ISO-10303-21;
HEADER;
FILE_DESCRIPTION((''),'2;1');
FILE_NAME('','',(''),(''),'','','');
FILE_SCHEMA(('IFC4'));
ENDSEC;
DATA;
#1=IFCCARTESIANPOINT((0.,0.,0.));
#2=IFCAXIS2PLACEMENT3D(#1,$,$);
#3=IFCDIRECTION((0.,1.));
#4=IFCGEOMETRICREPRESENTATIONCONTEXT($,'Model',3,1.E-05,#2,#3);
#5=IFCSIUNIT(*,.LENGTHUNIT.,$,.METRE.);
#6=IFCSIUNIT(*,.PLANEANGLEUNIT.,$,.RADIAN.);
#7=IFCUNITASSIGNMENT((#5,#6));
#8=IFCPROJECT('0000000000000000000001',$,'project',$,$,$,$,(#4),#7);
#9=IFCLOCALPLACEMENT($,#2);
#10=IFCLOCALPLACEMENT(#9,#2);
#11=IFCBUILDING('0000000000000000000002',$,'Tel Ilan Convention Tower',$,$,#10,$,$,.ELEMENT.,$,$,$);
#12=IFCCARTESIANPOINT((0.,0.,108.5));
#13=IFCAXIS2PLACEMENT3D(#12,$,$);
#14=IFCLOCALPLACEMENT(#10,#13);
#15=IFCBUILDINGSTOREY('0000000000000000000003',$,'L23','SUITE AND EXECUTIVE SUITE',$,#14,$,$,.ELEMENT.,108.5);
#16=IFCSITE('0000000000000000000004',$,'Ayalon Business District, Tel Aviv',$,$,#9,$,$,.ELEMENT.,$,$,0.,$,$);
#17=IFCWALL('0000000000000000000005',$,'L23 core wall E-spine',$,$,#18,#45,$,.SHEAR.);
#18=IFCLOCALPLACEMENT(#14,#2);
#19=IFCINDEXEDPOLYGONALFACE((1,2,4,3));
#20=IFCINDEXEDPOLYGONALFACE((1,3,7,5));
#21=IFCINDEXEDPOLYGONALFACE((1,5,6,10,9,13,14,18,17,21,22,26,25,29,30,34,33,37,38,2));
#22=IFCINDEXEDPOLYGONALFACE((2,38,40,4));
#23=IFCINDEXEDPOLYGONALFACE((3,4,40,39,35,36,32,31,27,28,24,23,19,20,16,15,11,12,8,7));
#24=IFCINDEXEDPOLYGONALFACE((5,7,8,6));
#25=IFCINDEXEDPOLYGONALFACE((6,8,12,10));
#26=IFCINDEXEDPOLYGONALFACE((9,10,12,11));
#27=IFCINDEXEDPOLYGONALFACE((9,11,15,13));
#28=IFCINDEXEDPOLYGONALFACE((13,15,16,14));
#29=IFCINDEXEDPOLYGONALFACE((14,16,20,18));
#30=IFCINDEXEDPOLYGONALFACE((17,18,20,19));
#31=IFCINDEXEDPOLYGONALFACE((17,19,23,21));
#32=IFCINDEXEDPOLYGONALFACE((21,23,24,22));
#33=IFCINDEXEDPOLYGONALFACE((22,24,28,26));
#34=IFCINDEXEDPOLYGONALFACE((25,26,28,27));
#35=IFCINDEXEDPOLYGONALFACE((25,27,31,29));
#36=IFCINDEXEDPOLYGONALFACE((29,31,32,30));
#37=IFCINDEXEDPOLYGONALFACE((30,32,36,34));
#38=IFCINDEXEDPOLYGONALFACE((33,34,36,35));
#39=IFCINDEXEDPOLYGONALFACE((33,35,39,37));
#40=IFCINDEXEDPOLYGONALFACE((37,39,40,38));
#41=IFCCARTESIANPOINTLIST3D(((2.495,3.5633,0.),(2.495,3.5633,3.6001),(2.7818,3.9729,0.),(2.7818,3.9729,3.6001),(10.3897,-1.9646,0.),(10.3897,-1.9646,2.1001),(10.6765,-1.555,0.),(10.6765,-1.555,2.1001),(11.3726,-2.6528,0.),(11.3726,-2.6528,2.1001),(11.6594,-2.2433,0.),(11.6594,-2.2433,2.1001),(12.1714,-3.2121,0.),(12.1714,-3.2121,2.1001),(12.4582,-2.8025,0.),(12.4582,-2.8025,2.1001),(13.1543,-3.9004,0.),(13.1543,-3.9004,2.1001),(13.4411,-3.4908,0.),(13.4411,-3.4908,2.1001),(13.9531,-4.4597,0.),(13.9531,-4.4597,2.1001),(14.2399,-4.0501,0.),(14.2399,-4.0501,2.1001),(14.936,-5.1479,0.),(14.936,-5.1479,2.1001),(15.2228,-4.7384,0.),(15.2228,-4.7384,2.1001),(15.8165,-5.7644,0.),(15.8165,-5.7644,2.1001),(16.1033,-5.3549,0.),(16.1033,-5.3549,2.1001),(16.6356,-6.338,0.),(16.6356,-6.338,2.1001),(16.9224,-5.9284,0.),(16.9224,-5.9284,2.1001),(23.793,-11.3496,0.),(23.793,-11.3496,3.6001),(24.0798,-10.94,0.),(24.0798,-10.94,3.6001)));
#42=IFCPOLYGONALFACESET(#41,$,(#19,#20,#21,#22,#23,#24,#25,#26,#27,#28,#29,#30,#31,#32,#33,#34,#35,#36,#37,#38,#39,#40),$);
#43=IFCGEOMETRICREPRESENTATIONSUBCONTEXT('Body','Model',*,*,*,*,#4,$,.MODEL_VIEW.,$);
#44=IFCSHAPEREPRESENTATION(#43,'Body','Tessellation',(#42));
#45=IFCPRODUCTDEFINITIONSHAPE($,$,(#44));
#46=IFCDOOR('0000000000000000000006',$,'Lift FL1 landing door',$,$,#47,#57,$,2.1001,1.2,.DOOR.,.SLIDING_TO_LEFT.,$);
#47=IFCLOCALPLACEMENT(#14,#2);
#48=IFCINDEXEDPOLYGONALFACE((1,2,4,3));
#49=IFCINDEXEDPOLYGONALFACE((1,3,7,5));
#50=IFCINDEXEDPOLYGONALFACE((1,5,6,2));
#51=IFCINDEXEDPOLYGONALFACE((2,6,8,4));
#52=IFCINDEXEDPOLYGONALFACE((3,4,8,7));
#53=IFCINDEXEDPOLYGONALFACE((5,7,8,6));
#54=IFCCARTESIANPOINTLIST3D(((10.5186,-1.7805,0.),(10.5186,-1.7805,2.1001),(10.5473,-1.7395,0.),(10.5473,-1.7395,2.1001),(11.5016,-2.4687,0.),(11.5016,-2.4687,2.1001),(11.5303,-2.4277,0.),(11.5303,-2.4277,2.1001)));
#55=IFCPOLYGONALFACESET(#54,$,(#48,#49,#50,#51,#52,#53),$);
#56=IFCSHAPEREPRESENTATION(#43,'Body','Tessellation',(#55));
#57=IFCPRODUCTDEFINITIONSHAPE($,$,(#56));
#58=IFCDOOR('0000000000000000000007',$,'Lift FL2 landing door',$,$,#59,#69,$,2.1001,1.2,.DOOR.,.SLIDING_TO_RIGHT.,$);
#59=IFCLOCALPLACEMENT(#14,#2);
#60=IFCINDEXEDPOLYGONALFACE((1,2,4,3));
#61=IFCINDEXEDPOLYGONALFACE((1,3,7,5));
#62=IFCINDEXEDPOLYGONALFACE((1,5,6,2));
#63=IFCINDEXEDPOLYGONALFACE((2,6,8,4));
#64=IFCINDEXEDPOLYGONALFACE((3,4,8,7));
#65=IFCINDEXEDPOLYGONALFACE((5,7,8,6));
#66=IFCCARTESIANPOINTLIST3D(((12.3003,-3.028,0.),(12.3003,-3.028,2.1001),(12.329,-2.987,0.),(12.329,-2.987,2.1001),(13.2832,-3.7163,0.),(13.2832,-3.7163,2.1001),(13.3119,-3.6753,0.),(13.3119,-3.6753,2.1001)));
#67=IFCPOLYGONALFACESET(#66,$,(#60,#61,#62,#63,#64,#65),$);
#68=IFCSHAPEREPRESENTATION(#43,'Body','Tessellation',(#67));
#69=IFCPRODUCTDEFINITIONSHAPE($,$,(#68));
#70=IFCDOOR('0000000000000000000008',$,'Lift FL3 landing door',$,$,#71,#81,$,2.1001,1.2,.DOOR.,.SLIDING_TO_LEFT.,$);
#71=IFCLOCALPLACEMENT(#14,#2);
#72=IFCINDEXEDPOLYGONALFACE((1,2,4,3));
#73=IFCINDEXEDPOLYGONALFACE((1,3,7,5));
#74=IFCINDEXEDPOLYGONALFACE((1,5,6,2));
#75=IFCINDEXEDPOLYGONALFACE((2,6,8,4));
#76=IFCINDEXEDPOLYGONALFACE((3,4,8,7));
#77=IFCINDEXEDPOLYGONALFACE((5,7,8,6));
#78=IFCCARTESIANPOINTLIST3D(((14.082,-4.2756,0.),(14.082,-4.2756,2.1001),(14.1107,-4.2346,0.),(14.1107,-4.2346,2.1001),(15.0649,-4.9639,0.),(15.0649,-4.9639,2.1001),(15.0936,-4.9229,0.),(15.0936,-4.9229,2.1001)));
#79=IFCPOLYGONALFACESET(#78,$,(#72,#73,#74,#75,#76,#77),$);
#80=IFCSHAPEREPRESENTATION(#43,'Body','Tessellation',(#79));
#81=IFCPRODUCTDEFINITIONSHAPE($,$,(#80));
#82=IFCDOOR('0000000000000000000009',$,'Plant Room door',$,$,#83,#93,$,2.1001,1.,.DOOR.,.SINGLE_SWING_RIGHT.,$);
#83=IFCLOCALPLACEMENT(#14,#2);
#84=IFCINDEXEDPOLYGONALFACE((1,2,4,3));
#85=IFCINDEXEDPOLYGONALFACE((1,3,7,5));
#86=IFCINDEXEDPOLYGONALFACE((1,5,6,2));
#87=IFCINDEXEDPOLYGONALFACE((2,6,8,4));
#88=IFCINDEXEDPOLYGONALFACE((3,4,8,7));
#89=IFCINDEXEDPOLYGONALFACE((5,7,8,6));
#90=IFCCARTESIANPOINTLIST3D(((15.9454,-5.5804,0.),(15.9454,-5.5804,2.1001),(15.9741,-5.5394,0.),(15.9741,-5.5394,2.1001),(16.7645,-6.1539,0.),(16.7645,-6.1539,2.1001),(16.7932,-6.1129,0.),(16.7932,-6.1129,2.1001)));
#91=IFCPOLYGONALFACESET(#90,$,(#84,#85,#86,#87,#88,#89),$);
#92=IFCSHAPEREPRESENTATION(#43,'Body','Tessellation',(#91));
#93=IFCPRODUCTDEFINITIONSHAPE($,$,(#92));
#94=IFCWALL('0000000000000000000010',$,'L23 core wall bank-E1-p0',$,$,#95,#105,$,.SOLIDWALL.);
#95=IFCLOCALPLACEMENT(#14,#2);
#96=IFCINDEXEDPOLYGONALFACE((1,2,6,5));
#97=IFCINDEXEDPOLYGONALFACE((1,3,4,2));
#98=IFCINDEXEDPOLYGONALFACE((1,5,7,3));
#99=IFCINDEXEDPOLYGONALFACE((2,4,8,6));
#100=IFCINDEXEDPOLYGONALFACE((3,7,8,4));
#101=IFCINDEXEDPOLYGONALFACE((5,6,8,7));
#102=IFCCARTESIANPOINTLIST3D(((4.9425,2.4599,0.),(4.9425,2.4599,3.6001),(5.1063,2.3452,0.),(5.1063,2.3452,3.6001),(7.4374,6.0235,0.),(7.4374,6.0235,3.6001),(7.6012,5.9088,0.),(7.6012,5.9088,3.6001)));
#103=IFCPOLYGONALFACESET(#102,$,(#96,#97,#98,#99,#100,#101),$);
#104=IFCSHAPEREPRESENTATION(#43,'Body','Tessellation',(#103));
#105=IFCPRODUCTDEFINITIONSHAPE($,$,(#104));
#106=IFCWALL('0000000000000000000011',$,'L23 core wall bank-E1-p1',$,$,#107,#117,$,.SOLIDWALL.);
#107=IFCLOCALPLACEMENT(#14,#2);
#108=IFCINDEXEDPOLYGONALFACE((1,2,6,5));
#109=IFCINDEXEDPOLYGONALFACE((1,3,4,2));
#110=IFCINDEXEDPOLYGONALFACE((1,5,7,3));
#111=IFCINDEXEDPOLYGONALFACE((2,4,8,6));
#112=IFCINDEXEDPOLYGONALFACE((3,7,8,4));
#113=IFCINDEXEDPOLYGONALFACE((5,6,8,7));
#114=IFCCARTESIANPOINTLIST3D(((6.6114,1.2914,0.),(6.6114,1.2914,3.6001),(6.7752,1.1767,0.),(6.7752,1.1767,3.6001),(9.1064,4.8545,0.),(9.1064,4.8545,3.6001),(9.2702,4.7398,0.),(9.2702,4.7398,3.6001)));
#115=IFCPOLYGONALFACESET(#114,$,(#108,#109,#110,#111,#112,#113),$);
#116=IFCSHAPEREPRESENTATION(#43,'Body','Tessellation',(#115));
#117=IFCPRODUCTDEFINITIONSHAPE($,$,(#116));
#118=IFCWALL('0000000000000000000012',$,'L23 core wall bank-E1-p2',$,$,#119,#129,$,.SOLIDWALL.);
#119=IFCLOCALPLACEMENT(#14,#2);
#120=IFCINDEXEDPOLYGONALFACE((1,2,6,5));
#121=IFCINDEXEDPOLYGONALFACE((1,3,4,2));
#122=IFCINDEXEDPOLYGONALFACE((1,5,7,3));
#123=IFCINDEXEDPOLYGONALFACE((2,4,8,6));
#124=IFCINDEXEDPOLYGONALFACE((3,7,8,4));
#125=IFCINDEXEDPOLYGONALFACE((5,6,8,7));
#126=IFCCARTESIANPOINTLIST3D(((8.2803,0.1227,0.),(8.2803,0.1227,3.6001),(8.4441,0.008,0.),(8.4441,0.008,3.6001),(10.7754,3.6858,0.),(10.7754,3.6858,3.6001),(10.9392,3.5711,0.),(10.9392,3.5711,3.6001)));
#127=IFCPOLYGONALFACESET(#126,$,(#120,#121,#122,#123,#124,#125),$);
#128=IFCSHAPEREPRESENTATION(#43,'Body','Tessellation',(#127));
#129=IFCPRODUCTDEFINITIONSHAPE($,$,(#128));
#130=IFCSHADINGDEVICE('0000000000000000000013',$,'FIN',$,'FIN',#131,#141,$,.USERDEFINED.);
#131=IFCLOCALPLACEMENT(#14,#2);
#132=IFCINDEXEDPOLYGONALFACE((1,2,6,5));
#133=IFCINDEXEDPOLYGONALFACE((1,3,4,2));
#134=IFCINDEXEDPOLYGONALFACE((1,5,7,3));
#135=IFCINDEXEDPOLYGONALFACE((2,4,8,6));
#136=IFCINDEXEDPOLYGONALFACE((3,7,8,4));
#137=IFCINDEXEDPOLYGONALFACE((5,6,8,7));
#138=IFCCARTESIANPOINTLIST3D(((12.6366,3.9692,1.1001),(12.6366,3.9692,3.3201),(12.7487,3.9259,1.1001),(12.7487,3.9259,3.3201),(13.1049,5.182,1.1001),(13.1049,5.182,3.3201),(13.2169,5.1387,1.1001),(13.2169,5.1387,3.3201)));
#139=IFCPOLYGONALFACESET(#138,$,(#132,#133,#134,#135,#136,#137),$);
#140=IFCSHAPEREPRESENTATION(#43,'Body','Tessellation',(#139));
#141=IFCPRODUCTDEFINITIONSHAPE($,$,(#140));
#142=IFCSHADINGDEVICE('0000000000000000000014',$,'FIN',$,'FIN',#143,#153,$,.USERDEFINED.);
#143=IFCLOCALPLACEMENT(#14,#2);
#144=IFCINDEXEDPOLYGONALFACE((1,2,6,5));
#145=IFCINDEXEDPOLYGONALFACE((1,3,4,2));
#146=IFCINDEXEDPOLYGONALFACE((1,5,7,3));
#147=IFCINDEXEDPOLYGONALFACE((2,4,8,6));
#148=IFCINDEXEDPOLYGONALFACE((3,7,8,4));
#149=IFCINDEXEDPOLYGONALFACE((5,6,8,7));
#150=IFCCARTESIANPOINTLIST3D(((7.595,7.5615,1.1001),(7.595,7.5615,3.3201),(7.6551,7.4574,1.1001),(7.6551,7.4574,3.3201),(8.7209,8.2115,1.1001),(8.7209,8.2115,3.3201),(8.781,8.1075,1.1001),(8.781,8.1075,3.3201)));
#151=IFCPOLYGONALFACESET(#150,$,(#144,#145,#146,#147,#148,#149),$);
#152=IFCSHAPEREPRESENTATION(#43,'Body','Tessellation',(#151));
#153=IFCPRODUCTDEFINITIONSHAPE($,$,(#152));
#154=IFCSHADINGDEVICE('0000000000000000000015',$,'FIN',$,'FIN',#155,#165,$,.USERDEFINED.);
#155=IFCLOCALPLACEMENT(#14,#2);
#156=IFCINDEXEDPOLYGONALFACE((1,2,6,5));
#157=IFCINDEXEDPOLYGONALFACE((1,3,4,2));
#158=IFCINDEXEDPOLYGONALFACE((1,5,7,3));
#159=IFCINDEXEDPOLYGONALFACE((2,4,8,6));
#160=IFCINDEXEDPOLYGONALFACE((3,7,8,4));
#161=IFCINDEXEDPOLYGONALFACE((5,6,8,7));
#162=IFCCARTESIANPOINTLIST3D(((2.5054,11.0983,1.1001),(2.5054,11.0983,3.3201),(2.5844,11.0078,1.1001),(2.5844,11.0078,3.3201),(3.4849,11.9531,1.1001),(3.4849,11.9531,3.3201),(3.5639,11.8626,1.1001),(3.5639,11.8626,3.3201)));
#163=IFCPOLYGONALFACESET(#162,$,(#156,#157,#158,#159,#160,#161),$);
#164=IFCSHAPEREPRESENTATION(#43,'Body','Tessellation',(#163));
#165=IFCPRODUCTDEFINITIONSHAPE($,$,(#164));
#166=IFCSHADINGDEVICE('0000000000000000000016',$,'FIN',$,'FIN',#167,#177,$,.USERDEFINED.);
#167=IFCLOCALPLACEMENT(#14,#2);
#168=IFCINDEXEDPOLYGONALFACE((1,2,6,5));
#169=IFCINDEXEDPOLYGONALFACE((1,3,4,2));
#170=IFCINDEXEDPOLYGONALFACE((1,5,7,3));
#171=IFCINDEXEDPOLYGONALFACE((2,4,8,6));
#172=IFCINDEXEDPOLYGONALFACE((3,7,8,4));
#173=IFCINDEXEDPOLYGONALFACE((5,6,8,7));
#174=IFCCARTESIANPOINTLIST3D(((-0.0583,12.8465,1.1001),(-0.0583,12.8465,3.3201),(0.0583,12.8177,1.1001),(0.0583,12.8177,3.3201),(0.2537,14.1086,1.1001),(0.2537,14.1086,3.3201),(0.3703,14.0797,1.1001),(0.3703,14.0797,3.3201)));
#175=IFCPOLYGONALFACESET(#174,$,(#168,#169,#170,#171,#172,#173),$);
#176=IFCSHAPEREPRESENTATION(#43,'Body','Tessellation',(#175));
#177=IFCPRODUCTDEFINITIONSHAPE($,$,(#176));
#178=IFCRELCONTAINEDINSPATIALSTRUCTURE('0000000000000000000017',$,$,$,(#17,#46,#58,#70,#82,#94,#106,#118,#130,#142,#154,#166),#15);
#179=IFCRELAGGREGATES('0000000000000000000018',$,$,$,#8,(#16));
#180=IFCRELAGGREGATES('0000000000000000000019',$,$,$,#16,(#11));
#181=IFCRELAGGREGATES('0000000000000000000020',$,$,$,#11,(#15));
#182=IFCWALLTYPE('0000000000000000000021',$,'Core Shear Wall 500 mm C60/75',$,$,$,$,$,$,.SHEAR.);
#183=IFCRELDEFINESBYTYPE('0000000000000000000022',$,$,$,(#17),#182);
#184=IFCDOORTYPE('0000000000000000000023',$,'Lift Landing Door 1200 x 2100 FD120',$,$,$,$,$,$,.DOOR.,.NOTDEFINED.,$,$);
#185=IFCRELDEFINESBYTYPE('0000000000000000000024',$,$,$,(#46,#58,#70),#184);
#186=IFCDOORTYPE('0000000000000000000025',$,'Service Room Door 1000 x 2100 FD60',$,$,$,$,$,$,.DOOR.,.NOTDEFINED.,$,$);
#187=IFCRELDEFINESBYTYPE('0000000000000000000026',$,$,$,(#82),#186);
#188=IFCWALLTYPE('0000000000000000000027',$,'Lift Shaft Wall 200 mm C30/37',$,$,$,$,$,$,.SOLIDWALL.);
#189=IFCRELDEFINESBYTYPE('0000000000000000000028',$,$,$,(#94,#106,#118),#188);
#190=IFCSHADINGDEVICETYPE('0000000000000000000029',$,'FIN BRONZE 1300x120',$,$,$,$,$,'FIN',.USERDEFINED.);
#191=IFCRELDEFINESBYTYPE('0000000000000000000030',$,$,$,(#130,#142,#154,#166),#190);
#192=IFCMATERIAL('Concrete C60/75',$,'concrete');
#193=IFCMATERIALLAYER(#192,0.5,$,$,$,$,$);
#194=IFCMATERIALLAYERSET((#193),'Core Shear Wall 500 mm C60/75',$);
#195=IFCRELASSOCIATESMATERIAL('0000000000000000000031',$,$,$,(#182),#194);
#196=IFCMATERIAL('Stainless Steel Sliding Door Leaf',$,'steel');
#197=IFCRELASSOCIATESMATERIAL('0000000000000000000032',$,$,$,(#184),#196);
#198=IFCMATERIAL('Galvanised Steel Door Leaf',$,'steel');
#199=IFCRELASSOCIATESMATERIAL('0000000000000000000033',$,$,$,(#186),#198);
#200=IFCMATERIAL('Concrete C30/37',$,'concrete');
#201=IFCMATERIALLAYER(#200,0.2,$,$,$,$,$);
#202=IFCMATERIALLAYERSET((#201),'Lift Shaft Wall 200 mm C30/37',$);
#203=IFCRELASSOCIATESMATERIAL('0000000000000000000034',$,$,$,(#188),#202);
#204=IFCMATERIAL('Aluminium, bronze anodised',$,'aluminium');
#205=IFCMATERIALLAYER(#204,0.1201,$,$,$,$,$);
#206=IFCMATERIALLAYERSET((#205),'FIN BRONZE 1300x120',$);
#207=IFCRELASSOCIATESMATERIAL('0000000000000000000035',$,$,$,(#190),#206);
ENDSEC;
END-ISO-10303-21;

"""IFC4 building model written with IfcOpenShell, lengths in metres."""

from ifc_helpers import new_model, si_unit, direction, frame, frame_2d, origin, origin_2d, place, context, subcontext, project, spatial, polyline, rectangle, outline, extrude, material, layer, layer_set, type_object, element, fill, save


model = new_model("IFC4")

# Units and contexts
model_context = context("Model", 3, precision=1e-05, world=origin(), true_north=direction((0.0, 1.0)))
body_context = subcontext(model_context, "Body", "Model", "MODEL_VIEW")
ifc_project = project(units=[si_unit("LENGTHUNIT", "METRE"), si_unit("PLANEANGLEUNIT", "RADIAN")], contexts=[model_context])

# Site, building, storey
site_placement = place(None, origin())
site = spatial("IfcSite", under=ifc_project, at=site_placement, Name="Ayalon Business District, Tel Aviv", CompositionType="ELEMENT", RefElevation=0.0)
building_placement = place(site_placement, origin())
building = spatial("IfcBuilding", under=site, at=building_placement, Name="Tel Ilan Convention Tower", CompositionType="ELEMENT")
storey_placement = place(building_placement, frame((0.0, 0.0, 108.5)))
storey = spatial("IfcBuildingStorey", under=building, at=storey_placement, Name="L23", Description="SUITE AND EXECUTIVE SUITE", CompositionType="ELEMENT", Elevation=108.5)

# Wall, openings, doors
ifc_material_1 = material(Name="Concrete C60/75", Category="concrete")
ifc_layer_1 = layer(ifc_material_1, 0.5)
ifc_layer_set_1 = layer_set([ifc_layer_1], Name="Core Shear Wall 500 mm C60/75")
wall_type_1 = type_object("IfcWallType", Name="Core Shear Wall 500 mm C60/75", PredefinedType="SHEAR", material=ifc_layer_set_1)
wall_1_placement = place(storey_placement, frame((2.6384, 3.7681, 0.0), z_axis=(0.0, 0.0, 1.0), x_axis=(0.819149, -0.573581, 0.0)))
wall_1 = element("IfcWall", 1, at=wall_1_placement, inside=storey, type_object=wall_type_1, Name="L23 core wall E-spine", PredefinedType="SHEAR", context=body_context, shape_type="SweptSolid", body=[
    extrude(outline(polyline([(0.0, 0.25), (0.0, -0.25), (26.0, -0.2498), (26.0, 0.2502), (0.0, 0.25)])), origin(), (0.0, 0.0, 1.0), 3.6001),
])
opening_1_placement = place(wall_1_placement, frame((9.6375, 0.0, 0.0)))
opening_1 = element("IfcOpeningElement", 2, at=opening_1_placement, cuts=wall_1, PredefinedType="OPENING", context=body_context, shape_type="SweptSolid", body=[
    extrude(rectangle(XDim=1.2, YDim=2.1001, at=frame_2d((0.6001, 1.05))), frame((0.0, 0.26, 0.0), z_axis=(0.0, -1.0, 0.0), x_axis=(1.0, 0.0, 0.0)), (0.0, 0.0, 1.0), 0.52),
])
opening_2_placement = place(wall_1_placement, frame((11.8125, 0.0, 0.0)))
opening_2 = element("IfcOpeningElement", 3, at=opening_2_placement, cuts=wall_1, PredefinedType="OPENING", context=body_context, shape_type="SweptSolid", body=[
    extrude(rectangle(XDim=1.2, YDim=2.1001, at=frame_2d((0.6001, 1.05))), frame((0.0, 0.26, 0.0), z_axis=(0.0, -1.0, 0.0), x_axis=(1.0, 0.0, 0.0)), (0.0, 0.0, 1.0), 0.52),
])
opening_3_placement = place(wall_1_placement, frame((13.9875, 0.0, 0.0)))
opening_3 = element("IfcOpeningElement", 4, at=opening_3_placement, cuts=wall_1, PredefinedType="OPENING", context=body_context, shape_type="SweptSolid", body=[
    extrude(rectangle(XDim=1.2, YDim=2.1001, at=frame_2d((0.6001, 1.05))), frame((0.0, 0.26, 0.0), z_axis=(0.0, -1.0, 0.0), x_axis=(1.0, 0.0, 0.0)), (0.0, 0.0, 1.0), 0.52),
])
opening_4_placement = place(wall_1_placement, frame((16.2625, 0.0, 0.0)))
opening_4 = element("IfcOpeningElement", 5, at=opening_4_placement, cuts=wall_1, PredefinedType="OPENING", context=body_context, shape_type="SweptSolid", body=[
    extrude(rectangle(XDim=1.0, YDim=2.1001, at=frame_2d((0.5, 1.05))), frame((0.0, 0.26, 0.0), z_axis=(0.0, -1.0, 0.0), x_axis=(1.0, 0.0, 0.0)), (0.0, 0.0, 1.0), 0.52),
])
ifc_material_2 = material(Name="Stainless Steel Sliding Door Leaf", Category="steel")
door_type_1 = type_object("IfcDoorType", Name="Lift Landing Door 1200 x 2100 FD120", OperationType="NOTDEFINED", PredefinedType="DOOR", material=ifc_material_2)
door_1_placement = place(opening_1_placement, origin())
door_1 = element("IfcDoor", 6, at=door_1_placement, inside=storey, type_object=door_type_1, Name="Lift FL1 landing door", OperationType="SLIDING_TO_LEFT", OverallHeight=2.1001, OverallWidth=1.2, PredefinedType="DOOR", context=body_context, shape_type="SweptSolid", body=[
    extrude(rectangle(XDim=1.2, YDim=2.1001, at=frame_2d((0.6001, 1.05))), frame((0.0, 0.0249, 0.0), z_axis=(0.0, -1.0, 0.0), x_axis=(1.0, 0.0, 0.0)), (0.0, 0.0, 1.0), 0.05),
])
fill(opening_1, door_1)
door_2_placement = place(opening_2_placement, origin())
door_2 = element("IfcDoor", 7, at=door_2_placement, inside=storey, type_object=door_type_1, Name="Lift FL2 landing door", OperationType="SLIDING_TO_RIGHT", OverallHeight=2.1001, OverallWidth=1.2, PredefinedType="DOOR", context=body_context, shape_type="SweptSolid", body=[
    extrude(rectangle(XDim=1.2, YDim=2.1001, at=frame_2d((0.6001, 1.05))), frame((0.0, 0.0249, 0.0), z_axis=(0.0, -1.0, 0.0), x_axis=(1.0, 0.0, 0.0)), (0.0, 0.0, 1.0), 0.05),
])
fill(opening_2, door_2)
door_3_placement = place(opening_3_placement, origin())
door_3 = element("IfcDoor", 8, at=door_3_placement, inside=storey, type_object=door_type_1, Name="Lift FL3 landing door", OperationType="SLIDING_TO_LEFT", OverallHeight=2.1001, OverallWidth=1.2, PredefinedType="DOOR", context=body_context, shape_type="SweptSolid", body=[
    extrude(rectangle(XDim=1.2, YDim=2.1001, at=frame_2d((0.6001, 1.05))), frame((0.0, 0.0249, 0.0), z_axis=(0.0, -1.0, 0.0), x_axis=(1.0, 0.0, 0.0)), (0.0, 0.0, 1.0), 0.05),
])
fill(opening_3, door_3)
ifc_material_3 = material(Name="Galvanised Steel Door Leaf", Category="steel")
door_type_2 = type_object("IfcDoorType", Name="Service Room Door 1000 x 2100 FD60", OperationType="NOTDEFINED", PredefinedType="DOOR", material=ifc_material_3)
door_4_placement = place(opening_4_placement, origin())
door_4 = element("IfcDoor", 9, at=door_4_placement, inside=storey, type_object=door_type_2, Name="Plant Room door", OperationType="SINGLE_SWING_RIGHT", OverallHeight=2.1001, OverallWidth=1.0, PredefinedType="DOOR", context=body_context, shape_type="SweptSolid", body=[
    extrude(rectangle(XDim=1.0, YDim=2.1001, at=frame_2d((0.5, 1.05))), frame((0.0, 0.0249, 0.0), z_axis=(0.0, -1.0, 0.0), x_axis=(1.0, 0.0, 0.0)), (0.0, 0.0, 1.0), 0.05),
])
fill(opening_4, door_4)

# Walls
ifc_material_4 = material(Name="Concrete C30/37", Category="concrete")
ifc_layer_2 = layer(ifc_material_4, 0.2)
ifc_layer_set_2 = layer_set([ifc_layer_2], Name="Lift Shaft Wall 200 mm C30/37")
wall_type_2 = type_object("IfcWallType", Name="Lift Shaft Wall 200 mm C30/37", PredefinedType="SOLIDWALL", material=ifc_layer_set_2)
wall_2_placement = place(storey_placement, frame((5.0244, 2.4026, 0.0), z_axis=(0.0, 0.0, 1.0), x_axis=(0.57353, 0.819184, 0.0)))
element("IfcWall", 10, at=wall_2_placement, inside=storey, type_object=wall_type_2, Name="L23 core wall bank-E1-p0", PredefinedType="SOLIDWALL", context=body_context, shape_type="SweptSolid", body=[
    extrude(rectangle(XDim=4.3501, YDim=0.2, at=frame_2d((2.175, 0.0))), origin(), (0.0, 0.0, 1.0), 3.6001),
])
for number, where, z_axis, x_axis, name in (
    (11, (6.6934, 1.2341, 0.0), (0.0, 0.0, 1.0), (0.573594, 0.81914, 0.0), "L23 core wall bank-E1-p1"),
    (12, (8.3623, 0.0654, 0.0), (0.0, 0.0, 1.0), (0.573594, 0.81914, 0.0), "L23 core wall bank-E1-p2"),
):
    element("IfcWall", number, at=place(storey_placement, frame(where, z_axis=z_axis, x_axis=x_axis)), inside=storey, type_object=wall_type_2, Name=name, PredefinedType="SOLIDWALL", context=body_context, shape_type="SweptSolid", body=[
        extrude(rectangle(XDim=4.3499, YDim=0.2, at=frame_2d((2.1748, 0.0))), origin(), (0.0, 0.0, 1.0), 3.6001),
    ])

# Shading devices
ifc_material_5 = material(Name="Aluminium, bronze anodised", Category="aluminium")
ifc_layer_3 = layer(ifc_material_5, 0.1201)
ifc_layer_set_3 = layer_set([ifc_layer_3], Name="FIN BRONZE 1300x120")
shading_device_type_1 = type_object("IfcShadingDeviceType", Name="FIN BRONZE 1300x120", ElementType="FIN", PredefinedType="USERDEFINED", material=ifc_layer_set_3)
for number, where, z_axis, x_axis, name in (
    (13, (12.9268, 4.554, 1.1001), (0.0, 0.0, 1.0), (0.360178, 0.932884, 0.0), "FIN"),
    (14, (8.188, 7.8345, 1.1001), (0.0, 0.0, 1.0), (0.866025, 0.5, 0.0), "FIN"),
    (15, (3.0347, 11.4805, 1.1001), (0.0, 0.0, 1.0), (0.753436, 0.657521, 0.0), "FIN"),
    (16, (0.156, 13.4631, 1.1001), (0.0, 0.0, 1.0), (0.24004, 0.970763, 0.0), "FIN"),
):
    element("IfcShadingDevice", number, at=place(storey_placement, frame(where, z_axis=z_axis, x_axis=x_axis)), inside=storey, type_object=shading_device_type_1, Name=name, ObjectType="FIN", PredefinedType="USERDEFINED", context=body_context, shape_type="SweptSolid", body=[
        extrude(rectangle(XDim=1.3, YDim=0.1201, at=origin_2d()), origin(), (0.0, 0.0, 1.0), 2.22),
    ])

save(model, "model.ifc")
